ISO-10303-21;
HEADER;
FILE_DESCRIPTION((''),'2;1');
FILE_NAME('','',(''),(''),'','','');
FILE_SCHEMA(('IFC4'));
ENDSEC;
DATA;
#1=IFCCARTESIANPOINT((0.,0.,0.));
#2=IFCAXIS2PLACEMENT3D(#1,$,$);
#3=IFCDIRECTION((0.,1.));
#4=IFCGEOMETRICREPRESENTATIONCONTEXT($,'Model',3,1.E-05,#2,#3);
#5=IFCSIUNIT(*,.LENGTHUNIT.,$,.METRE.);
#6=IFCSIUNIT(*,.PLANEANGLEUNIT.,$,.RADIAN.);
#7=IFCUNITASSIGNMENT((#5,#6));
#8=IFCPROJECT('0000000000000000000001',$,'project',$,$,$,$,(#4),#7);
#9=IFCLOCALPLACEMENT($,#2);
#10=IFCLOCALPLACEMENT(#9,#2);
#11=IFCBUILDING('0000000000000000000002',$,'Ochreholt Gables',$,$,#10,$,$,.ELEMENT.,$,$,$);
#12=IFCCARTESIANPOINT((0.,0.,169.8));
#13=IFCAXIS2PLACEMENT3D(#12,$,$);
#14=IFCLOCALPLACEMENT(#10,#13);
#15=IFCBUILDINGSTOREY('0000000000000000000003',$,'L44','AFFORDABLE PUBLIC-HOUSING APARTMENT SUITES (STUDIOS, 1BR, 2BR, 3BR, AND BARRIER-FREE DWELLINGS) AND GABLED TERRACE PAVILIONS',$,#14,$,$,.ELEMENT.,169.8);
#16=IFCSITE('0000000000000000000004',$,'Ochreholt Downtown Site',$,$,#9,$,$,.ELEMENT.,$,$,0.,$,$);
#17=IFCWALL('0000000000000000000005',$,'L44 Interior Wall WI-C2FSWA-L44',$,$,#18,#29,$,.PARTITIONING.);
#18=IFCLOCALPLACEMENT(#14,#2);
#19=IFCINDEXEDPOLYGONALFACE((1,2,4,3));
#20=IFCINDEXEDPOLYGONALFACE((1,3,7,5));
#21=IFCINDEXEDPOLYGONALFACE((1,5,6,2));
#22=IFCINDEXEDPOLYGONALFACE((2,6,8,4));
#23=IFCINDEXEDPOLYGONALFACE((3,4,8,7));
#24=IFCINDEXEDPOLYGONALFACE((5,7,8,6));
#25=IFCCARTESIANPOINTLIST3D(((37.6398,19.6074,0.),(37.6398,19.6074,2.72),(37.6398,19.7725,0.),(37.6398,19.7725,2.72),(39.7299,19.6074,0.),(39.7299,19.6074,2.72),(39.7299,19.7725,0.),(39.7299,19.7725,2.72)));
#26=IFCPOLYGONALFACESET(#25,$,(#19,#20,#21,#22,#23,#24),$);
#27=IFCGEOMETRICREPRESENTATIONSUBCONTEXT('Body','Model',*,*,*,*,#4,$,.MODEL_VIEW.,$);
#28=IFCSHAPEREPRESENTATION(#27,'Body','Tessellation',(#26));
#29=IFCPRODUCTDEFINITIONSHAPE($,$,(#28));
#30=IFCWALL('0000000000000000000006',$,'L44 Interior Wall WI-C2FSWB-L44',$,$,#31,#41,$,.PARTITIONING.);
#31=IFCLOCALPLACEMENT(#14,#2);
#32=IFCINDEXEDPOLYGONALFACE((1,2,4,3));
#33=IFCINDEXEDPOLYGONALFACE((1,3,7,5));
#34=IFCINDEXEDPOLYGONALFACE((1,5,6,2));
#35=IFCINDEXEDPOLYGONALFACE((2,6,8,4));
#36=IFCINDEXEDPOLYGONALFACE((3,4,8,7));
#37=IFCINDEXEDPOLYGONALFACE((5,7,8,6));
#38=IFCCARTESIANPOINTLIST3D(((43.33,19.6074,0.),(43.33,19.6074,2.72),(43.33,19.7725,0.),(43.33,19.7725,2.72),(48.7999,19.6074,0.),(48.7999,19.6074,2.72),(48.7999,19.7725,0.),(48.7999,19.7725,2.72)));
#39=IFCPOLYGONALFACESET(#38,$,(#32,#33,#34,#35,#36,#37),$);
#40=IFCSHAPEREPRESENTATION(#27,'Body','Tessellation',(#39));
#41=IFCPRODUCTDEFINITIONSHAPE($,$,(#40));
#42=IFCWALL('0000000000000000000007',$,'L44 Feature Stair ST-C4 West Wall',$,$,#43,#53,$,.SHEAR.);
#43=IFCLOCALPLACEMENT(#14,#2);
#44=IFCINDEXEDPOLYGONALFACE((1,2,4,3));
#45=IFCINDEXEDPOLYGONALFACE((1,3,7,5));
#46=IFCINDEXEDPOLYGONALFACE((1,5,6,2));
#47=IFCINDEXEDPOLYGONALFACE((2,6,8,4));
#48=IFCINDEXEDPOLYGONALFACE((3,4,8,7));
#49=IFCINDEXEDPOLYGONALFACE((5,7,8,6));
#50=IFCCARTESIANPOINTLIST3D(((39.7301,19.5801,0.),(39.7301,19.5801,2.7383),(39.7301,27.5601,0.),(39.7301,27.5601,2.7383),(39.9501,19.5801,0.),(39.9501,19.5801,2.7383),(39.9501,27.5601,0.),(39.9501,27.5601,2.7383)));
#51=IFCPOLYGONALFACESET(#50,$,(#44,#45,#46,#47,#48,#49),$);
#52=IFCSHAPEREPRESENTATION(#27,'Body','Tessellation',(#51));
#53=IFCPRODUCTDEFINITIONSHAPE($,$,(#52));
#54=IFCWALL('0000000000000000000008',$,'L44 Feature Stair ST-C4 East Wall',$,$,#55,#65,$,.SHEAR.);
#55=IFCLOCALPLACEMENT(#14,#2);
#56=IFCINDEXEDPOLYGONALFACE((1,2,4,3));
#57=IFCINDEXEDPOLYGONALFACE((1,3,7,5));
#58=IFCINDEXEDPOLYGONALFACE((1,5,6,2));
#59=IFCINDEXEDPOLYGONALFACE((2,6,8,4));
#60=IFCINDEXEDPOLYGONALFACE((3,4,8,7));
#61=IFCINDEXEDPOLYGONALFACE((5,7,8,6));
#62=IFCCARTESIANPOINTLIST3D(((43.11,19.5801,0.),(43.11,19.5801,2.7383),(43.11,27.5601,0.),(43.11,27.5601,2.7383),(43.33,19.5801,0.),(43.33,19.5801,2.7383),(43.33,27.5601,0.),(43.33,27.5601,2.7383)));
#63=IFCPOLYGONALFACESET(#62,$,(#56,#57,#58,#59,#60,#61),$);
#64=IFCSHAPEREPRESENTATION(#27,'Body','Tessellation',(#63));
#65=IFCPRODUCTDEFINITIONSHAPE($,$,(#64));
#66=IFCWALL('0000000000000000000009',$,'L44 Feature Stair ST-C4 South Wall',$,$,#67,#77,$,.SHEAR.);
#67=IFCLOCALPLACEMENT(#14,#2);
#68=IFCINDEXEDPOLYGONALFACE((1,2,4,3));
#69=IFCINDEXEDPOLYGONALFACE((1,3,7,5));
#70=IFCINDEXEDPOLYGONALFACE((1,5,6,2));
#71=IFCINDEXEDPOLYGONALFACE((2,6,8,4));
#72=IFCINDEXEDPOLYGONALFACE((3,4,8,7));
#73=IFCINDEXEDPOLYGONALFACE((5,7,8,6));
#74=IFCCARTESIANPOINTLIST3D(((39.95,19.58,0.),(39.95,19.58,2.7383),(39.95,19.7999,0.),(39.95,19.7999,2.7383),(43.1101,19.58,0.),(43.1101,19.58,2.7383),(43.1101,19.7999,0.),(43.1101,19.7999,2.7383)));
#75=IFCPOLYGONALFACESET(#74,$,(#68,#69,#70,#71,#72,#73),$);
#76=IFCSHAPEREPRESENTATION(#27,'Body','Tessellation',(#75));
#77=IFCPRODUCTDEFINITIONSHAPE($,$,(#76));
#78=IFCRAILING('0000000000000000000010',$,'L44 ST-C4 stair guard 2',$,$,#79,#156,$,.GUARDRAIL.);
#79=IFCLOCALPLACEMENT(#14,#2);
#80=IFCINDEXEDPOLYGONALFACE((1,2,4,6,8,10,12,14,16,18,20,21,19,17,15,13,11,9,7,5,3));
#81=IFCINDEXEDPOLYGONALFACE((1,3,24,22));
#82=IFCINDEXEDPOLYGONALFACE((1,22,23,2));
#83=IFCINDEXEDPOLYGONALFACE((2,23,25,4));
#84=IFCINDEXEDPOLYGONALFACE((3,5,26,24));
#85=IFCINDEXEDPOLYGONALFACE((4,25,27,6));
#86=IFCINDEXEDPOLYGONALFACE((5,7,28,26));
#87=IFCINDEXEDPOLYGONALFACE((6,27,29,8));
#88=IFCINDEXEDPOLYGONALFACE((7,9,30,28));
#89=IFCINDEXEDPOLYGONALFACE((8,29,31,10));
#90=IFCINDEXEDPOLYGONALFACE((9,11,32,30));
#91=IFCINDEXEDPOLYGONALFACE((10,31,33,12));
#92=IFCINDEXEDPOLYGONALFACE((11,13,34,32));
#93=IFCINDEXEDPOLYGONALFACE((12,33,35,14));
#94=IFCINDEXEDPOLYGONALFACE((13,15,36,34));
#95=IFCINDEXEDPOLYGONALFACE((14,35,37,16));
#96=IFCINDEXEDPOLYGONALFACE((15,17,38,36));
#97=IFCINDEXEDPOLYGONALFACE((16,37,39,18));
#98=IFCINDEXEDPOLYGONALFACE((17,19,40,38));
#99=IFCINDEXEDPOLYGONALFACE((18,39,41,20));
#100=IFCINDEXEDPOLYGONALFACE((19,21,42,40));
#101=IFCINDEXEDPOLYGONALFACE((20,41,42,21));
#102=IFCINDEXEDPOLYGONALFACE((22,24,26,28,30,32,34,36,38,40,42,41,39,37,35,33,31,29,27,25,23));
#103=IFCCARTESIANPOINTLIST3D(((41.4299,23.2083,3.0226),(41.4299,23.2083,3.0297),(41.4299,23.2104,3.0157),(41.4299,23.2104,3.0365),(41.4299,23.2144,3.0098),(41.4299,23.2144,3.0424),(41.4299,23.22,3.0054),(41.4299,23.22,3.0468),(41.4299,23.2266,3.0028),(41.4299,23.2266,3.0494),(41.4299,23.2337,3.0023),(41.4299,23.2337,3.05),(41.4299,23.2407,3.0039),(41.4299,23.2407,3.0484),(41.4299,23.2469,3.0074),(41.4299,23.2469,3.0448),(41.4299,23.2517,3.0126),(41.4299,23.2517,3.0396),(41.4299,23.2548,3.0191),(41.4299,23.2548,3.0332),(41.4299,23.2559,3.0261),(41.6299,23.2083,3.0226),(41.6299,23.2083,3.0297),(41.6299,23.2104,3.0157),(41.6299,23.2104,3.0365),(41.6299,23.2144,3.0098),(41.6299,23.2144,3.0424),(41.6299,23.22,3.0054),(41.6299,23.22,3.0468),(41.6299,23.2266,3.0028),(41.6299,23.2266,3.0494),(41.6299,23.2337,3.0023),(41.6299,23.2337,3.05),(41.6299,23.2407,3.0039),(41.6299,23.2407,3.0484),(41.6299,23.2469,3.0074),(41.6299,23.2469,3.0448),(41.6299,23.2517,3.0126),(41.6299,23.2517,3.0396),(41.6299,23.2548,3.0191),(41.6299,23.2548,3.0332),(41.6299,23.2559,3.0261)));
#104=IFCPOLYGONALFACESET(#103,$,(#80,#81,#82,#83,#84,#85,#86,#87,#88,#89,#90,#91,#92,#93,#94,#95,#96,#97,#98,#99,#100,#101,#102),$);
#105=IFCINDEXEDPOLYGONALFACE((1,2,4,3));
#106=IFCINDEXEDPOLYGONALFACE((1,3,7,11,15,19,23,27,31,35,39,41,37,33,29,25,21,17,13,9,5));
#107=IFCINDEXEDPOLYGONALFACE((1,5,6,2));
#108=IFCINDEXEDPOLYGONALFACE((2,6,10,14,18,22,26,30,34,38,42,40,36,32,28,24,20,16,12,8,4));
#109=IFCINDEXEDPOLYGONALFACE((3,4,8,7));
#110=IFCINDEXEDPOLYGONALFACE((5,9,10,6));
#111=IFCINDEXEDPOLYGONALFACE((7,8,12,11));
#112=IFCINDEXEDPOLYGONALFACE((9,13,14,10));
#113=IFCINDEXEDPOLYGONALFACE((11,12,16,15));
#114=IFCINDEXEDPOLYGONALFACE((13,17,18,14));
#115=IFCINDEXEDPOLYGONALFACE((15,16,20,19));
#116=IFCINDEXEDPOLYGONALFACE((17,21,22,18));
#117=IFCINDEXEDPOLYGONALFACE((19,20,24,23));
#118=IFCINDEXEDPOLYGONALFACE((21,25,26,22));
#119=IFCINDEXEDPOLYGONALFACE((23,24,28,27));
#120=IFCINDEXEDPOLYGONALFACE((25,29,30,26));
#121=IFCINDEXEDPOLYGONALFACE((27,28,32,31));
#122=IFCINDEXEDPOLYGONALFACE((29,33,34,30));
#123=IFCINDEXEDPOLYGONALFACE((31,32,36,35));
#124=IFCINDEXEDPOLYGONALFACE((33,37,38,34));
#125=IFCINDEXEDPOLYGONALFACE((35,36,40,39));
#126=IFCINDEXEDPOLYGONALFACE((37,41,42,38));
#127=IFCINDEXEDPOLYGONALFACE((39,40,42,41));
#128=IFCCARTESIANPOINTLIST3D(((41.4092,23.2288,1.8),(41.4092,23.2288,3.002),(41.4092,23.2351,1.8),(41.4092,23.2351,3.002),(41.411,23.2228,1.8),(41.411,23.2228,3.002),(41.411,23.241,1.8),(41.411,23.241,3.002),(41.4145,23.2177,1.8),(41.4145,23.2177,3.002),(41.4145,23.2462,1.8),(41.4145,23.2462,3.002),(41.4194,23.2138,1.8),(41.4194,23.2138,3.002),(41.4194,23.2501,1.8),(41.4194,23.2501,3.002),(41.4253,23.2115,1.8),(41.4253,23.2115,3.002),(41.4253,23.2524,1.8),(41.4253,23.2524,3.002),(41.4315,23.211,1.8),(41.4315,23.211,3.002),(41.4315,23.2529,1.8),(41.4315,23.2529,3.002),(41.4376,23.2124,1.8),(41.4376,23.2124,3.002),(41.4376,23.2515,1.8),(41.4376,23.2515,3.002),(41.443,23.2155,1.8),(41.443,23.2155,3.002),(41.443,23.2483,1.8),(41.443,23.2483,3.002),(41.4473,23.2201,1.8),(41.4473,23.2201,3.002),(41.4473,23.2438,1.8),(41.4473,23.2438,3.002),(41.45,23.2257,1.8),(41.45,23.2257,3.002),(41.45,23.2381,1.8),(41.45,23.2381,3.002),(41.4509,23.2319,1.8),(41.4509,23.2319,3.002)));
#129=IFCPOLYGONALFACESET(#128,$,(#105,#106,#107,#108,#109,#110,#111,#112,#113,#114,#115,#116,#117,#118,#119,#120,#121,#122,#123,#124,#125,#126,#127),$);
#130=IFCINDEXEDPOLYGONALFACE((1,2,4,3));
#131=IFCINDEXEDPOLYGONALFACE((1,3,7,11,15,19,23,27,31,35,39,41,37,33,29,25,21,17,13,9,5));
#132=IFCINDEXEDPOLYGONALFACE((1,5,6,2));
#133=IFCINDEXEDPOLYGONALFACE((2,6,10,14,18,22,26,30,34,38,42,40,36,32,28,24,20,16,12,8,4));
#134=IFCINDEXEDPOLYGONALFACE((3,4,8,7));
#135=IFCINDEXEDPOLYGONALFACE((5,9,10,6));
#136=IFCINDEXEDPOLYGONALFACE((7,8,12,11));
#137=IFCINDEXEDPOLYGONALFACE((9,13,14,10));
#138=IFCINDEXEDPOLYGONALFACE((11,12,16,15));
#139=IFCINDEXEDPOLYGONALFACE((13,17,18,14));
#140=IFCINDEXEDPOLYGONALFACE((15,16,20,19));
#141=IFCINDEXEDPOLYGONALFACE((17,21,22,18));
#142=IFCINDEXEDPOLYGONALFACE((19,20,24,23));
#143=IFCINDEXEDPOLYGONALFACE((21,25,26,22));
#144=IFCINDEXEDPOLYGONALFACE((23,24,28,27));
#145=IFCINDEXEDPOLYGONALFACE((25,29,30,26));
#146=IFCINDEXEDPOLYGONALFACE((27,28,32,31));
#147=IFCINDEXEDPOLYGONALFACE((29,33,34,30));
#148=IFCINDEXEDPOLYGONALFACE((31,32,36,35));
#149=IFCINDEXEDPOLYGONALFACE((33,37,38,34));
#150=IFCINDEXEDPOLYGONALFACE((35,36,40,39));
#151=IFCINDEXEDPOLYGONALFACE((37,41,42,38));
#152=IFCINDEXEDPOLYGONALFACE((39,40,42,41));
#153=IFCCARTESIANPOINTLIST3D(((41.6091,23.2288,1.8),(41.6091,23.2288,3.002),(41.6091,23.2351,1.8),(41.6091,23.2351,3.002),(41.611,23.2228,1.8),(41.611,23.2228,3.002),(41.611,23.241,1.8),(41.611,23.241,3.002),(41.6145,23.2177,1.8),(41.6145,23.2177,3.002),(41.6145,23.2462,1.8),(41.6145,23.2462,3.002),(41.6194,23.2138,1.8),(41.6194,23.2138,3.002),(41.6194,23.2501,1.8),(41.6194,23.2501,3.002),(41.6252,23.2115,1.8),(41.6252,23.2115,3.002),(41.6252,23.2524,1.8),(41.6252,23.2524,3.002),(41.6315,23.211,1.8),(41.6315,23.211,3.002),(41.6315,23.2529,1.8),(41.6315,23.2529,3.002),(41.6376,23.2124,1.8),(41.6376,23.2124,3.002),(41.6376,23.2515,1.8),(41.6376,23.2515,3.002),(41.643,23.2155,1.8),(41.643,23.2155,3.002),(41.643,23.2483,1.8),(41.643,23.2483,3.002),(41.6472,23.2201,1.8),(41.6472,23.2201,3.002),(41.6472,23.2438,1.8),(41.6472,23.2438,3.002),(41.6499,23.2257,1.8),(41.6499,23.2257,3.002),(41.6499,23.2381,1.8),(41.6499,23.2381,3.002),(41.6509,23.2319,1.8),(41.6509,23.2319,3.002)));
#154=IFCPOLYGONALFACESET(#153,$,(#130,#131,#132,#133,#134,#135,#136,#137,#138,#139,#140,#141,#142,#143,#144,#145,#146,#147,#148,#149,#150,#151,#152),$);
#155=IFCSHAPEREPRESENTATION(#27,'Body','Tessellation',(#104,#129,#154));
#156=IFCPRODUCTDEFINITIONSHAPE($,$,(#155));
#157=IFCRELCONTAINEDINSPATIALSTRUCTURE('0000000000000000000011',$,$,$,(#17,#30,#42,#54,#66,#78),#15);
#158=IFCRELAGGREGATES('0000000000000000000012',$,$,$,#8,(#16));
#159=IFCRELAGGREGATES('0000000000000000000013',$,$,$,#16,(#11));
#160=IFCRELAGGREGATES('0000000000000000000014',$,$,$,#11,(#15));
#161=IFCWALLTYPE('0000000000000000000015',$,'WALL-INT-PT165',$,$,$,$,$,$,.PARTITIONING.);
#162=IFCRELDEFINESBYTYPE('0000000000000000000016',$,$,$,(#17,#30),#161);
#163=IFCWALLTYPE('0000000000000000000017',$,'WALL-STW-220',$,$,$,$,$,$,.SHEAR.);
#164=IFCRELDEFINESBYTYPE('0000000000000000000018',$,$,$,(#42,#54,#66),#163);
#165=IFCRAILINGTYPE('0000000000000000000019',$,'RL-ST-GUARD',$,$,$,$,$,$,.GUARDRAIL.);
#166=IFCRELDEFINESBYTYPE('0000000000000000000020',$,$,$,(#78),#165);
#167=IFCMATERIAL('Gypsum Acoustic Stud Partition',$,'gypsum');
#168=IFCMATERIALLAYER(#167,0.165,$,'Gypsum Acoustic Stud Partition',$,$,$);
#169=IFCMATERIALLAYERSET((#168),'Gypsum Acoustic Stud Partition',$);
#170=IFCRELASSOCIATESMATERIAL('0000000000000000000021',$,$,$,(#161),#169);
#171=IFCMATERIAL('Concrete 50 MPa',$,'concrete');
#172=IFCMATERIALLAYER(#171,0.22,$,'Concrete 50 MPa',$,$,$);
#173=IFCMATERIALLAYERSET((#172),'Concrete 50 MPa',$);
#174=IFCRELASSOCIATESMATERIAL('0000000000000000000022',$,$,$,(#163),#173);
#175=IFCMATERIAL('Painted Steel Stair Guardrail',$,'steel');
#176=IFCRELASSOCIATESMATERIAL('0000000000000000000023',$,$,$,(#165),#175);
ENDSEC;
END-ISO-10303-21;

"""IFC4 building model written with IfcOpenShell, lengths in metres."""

from ifc_helpers import new_model, si_unit, direction, frame, frame_2d, origin, origin_2d, place, context, subcontext, project, spatial, rectangle, circle, extrude, material, layer, layer_set, type_object, element, save


model = new_model("IFC4")

# Units and contexts
model_context = context("Model", 3, precision=1e-05, world=origin(), true_north=direction((0.0, 1.0)))
body_context = subcontext(model_context, "Body", "Model", "MODEL_VIEW")
ifc_project = project(units=[si_unit("LENGTHUNIT", "METRE"), si_unit("PLANEANGLEUNIT", "RADIAN")], contexts=[model_context])

# Site, building, storey
site_placement = place(None, origin())
site = spatial("IfcSite", under=ifc_project, at=site_placement, Name="Ochreholt Downtown Site", CompositionType="ELEMENT", RefElevation=0.0)
building_placement = place(site_placement, origin())
building = spatial("IfcBuilding", under=site, at=building_placement, Name="Ochreholt Gables", CompositionType="ELEMENT")
storey_placement = place(building_placement, frame((0.0, 0.0, 169.8)))
storey = spatial("IfcBuildingStorey", under=building, at=storey_placement, Name="L44", Description="AFFORDABLE PUBLIC-HOUSING APARTMENT SUITES (STUDIOS, 1BR, 2BR, 3BR, AND BARRIER-FREE DWELLINGS) AND GABLED TERRACE PAVILIONS", CompositionType="ELEMENT", Elevation=169.8)

# Shared definitions
ifc_material_1 = material(Name="Concrete 50 MPa", Category="concrete")

# Walls
ifc_material_2 = material(Name="Gypsum Acoustic Stud Partition", Category="gypsum")
ifc_layer_1 = layer(ifc_material_2, 0.165, Name="Gypsum Acoustic Stud Partition")
ifc_layer_set_1 = layer_set([ifc_layer_1], Name="Gypsum Acoustic Stud Partition")
wall_type_1 = type_object("IfcWallType", Name="WALL-INT-PT165", PredefinedType="PARTITIONING", material=ifc_layer_set_1)
wall_1_placement = place(storey_placement, frame((37.6399, 19.6899, 0.0), z_axis=(0.0, 0.0, 1.0), x_axis=(1.0, 0.0, 0.0)))
element("IfcWall", 1, at=wall_1_placement, inside=storey, type_object=wall_type_1, Name="L44 Interior Wall WI-C2FSWA-L44", PredefinedType="PARTITIONING", context=body_context, shape_type="SweptSolid", body=[
    extrude(rectangle(XDim=2.0901, YDim=0.165, at=frame_2d((1.0449, 0.0))), origin(), (0.0, 0.0, 1.0), 2.72),
])
wall_2_placement = place(storey_placement, frame((43.3301, 19.6899, 0.0), z_axis=(0.0, 0.0, 1.0), x_axis=(1.0, 0.0, 0.0)))
element("IfcWall", 2, at=wall_2_placement, inside=storey, type_object=wall_type_1, Name="L44 Interior Wall WI-C2FSWB-L44", PredefinedType="PARTITIONING", context=body_context, shape_type="SweptSolid", body=[
    extrude(rectangle(XDim=5.47, YDim=0.165, at=frame_2d((2.7349, 0.0))), origin(), (0.0, 0.0, 1.0), 2.72),
])
ifc_layer_2 = layer(ifc_material_1, 0.22, Name="Concrete 50 MPa")
ifc_layer_set_2 = layer_set([ifc_layer_2], Name="Concrete 50 MPa")
wall_type_2 = type_object("IfcWallType", Name="WALL-STW-220", PredefinedType="SHEAR", material=ifc_layer_set_2)
for number, where, z_axis, x_axis, name in (
    (3, (39.8401, 19.5801, 0.0), (0.0, 0.0, 1.0), (0.0, 1.0, 0.0), "L44 Feature Stair ST-C4 West Wall"),
    (4, (43.22, 19.5801, 0.0), (0.0, 0.0, 1.0), (0.0, 1.0, 0.0), "L44 Feature Stair ST-C4 East Wall"),
):
    element("IfcWall", number, at=place(storey_placement, frame(where, z_axis=z_axis, x_axis=x_axis)), inside=storey, type_object=wall_type_2, Name=name, PredefinedType="SHEAR", context=body_context, shape_type="SweptSolid", body=[
        extrude(rectangle(XDim=7.98, YDim=0.22, at=frame_2d((3.99, 0.0))), origin(), (0.0, 0.0, 1.0), 2.7383),
    ])
wall_3_placement = place(storey_placement, frame((39.95, 19.6899, 0.0), z_axis=(0.0, 0.0, 1.0), x_axis=(1.0, 0.0, 0.0)))
element("IfcWall", 5, at=wall_3_placement, inside=storey, type_object=wall_type_2, Name="L44 Feature Stair ST-C4 South Wall", PredefinedType="SHEAR", context=body_context, shape_type="SweptSolid", body=[
    extrude(rectangle(XDim=3.1602, YDim=0.22, at=frame_2d((1.5801, 0.0))), origin(), (0.0, 0.0, 1.0), 2.7383),
])

# Railing
ifc_material_3 = material(Name="Painted Steel Stair Guardrail", Category="steel")
railing_type = type_object("IfcRailingType", Name="RL-ST-GUARD", PredefinedType="GUARDRAIL", material=ifc_material_3)
railing_1_placement = place(storey_placement, frame((41.4299, 23.2319, 1.8)))
element("IfcRailing", 6, at=railing_1_placement, inside=storey, type_object=railing_type, Name="L44 ST-C4 stair guard 2", PredefinedType="GUARDRAIL", context=body_context, shape_type="SweptSolid", body=[
    extrude(circle(Radius=0.0239, at=origin_2d()), frame((0.0, 0.0, 1.2261), z_axis=(1.0, 0.0, 0.0), x_axis=(0.0, 1.0, 0.0)), (0.0, 0.0, 1.0), 0.2),
    extrude(circle(Radius=0.021, at=origin_2d()), origin(), (0.0, 0.0, 1.0), 1.2019),
    extrude(circle(Radius=0.021, at=origin_2d()), frame((0.2, 0.0, 0.0)), (0.0, 0.0, 1.0), 1.2019),
])

save(model, "model.ifc")
